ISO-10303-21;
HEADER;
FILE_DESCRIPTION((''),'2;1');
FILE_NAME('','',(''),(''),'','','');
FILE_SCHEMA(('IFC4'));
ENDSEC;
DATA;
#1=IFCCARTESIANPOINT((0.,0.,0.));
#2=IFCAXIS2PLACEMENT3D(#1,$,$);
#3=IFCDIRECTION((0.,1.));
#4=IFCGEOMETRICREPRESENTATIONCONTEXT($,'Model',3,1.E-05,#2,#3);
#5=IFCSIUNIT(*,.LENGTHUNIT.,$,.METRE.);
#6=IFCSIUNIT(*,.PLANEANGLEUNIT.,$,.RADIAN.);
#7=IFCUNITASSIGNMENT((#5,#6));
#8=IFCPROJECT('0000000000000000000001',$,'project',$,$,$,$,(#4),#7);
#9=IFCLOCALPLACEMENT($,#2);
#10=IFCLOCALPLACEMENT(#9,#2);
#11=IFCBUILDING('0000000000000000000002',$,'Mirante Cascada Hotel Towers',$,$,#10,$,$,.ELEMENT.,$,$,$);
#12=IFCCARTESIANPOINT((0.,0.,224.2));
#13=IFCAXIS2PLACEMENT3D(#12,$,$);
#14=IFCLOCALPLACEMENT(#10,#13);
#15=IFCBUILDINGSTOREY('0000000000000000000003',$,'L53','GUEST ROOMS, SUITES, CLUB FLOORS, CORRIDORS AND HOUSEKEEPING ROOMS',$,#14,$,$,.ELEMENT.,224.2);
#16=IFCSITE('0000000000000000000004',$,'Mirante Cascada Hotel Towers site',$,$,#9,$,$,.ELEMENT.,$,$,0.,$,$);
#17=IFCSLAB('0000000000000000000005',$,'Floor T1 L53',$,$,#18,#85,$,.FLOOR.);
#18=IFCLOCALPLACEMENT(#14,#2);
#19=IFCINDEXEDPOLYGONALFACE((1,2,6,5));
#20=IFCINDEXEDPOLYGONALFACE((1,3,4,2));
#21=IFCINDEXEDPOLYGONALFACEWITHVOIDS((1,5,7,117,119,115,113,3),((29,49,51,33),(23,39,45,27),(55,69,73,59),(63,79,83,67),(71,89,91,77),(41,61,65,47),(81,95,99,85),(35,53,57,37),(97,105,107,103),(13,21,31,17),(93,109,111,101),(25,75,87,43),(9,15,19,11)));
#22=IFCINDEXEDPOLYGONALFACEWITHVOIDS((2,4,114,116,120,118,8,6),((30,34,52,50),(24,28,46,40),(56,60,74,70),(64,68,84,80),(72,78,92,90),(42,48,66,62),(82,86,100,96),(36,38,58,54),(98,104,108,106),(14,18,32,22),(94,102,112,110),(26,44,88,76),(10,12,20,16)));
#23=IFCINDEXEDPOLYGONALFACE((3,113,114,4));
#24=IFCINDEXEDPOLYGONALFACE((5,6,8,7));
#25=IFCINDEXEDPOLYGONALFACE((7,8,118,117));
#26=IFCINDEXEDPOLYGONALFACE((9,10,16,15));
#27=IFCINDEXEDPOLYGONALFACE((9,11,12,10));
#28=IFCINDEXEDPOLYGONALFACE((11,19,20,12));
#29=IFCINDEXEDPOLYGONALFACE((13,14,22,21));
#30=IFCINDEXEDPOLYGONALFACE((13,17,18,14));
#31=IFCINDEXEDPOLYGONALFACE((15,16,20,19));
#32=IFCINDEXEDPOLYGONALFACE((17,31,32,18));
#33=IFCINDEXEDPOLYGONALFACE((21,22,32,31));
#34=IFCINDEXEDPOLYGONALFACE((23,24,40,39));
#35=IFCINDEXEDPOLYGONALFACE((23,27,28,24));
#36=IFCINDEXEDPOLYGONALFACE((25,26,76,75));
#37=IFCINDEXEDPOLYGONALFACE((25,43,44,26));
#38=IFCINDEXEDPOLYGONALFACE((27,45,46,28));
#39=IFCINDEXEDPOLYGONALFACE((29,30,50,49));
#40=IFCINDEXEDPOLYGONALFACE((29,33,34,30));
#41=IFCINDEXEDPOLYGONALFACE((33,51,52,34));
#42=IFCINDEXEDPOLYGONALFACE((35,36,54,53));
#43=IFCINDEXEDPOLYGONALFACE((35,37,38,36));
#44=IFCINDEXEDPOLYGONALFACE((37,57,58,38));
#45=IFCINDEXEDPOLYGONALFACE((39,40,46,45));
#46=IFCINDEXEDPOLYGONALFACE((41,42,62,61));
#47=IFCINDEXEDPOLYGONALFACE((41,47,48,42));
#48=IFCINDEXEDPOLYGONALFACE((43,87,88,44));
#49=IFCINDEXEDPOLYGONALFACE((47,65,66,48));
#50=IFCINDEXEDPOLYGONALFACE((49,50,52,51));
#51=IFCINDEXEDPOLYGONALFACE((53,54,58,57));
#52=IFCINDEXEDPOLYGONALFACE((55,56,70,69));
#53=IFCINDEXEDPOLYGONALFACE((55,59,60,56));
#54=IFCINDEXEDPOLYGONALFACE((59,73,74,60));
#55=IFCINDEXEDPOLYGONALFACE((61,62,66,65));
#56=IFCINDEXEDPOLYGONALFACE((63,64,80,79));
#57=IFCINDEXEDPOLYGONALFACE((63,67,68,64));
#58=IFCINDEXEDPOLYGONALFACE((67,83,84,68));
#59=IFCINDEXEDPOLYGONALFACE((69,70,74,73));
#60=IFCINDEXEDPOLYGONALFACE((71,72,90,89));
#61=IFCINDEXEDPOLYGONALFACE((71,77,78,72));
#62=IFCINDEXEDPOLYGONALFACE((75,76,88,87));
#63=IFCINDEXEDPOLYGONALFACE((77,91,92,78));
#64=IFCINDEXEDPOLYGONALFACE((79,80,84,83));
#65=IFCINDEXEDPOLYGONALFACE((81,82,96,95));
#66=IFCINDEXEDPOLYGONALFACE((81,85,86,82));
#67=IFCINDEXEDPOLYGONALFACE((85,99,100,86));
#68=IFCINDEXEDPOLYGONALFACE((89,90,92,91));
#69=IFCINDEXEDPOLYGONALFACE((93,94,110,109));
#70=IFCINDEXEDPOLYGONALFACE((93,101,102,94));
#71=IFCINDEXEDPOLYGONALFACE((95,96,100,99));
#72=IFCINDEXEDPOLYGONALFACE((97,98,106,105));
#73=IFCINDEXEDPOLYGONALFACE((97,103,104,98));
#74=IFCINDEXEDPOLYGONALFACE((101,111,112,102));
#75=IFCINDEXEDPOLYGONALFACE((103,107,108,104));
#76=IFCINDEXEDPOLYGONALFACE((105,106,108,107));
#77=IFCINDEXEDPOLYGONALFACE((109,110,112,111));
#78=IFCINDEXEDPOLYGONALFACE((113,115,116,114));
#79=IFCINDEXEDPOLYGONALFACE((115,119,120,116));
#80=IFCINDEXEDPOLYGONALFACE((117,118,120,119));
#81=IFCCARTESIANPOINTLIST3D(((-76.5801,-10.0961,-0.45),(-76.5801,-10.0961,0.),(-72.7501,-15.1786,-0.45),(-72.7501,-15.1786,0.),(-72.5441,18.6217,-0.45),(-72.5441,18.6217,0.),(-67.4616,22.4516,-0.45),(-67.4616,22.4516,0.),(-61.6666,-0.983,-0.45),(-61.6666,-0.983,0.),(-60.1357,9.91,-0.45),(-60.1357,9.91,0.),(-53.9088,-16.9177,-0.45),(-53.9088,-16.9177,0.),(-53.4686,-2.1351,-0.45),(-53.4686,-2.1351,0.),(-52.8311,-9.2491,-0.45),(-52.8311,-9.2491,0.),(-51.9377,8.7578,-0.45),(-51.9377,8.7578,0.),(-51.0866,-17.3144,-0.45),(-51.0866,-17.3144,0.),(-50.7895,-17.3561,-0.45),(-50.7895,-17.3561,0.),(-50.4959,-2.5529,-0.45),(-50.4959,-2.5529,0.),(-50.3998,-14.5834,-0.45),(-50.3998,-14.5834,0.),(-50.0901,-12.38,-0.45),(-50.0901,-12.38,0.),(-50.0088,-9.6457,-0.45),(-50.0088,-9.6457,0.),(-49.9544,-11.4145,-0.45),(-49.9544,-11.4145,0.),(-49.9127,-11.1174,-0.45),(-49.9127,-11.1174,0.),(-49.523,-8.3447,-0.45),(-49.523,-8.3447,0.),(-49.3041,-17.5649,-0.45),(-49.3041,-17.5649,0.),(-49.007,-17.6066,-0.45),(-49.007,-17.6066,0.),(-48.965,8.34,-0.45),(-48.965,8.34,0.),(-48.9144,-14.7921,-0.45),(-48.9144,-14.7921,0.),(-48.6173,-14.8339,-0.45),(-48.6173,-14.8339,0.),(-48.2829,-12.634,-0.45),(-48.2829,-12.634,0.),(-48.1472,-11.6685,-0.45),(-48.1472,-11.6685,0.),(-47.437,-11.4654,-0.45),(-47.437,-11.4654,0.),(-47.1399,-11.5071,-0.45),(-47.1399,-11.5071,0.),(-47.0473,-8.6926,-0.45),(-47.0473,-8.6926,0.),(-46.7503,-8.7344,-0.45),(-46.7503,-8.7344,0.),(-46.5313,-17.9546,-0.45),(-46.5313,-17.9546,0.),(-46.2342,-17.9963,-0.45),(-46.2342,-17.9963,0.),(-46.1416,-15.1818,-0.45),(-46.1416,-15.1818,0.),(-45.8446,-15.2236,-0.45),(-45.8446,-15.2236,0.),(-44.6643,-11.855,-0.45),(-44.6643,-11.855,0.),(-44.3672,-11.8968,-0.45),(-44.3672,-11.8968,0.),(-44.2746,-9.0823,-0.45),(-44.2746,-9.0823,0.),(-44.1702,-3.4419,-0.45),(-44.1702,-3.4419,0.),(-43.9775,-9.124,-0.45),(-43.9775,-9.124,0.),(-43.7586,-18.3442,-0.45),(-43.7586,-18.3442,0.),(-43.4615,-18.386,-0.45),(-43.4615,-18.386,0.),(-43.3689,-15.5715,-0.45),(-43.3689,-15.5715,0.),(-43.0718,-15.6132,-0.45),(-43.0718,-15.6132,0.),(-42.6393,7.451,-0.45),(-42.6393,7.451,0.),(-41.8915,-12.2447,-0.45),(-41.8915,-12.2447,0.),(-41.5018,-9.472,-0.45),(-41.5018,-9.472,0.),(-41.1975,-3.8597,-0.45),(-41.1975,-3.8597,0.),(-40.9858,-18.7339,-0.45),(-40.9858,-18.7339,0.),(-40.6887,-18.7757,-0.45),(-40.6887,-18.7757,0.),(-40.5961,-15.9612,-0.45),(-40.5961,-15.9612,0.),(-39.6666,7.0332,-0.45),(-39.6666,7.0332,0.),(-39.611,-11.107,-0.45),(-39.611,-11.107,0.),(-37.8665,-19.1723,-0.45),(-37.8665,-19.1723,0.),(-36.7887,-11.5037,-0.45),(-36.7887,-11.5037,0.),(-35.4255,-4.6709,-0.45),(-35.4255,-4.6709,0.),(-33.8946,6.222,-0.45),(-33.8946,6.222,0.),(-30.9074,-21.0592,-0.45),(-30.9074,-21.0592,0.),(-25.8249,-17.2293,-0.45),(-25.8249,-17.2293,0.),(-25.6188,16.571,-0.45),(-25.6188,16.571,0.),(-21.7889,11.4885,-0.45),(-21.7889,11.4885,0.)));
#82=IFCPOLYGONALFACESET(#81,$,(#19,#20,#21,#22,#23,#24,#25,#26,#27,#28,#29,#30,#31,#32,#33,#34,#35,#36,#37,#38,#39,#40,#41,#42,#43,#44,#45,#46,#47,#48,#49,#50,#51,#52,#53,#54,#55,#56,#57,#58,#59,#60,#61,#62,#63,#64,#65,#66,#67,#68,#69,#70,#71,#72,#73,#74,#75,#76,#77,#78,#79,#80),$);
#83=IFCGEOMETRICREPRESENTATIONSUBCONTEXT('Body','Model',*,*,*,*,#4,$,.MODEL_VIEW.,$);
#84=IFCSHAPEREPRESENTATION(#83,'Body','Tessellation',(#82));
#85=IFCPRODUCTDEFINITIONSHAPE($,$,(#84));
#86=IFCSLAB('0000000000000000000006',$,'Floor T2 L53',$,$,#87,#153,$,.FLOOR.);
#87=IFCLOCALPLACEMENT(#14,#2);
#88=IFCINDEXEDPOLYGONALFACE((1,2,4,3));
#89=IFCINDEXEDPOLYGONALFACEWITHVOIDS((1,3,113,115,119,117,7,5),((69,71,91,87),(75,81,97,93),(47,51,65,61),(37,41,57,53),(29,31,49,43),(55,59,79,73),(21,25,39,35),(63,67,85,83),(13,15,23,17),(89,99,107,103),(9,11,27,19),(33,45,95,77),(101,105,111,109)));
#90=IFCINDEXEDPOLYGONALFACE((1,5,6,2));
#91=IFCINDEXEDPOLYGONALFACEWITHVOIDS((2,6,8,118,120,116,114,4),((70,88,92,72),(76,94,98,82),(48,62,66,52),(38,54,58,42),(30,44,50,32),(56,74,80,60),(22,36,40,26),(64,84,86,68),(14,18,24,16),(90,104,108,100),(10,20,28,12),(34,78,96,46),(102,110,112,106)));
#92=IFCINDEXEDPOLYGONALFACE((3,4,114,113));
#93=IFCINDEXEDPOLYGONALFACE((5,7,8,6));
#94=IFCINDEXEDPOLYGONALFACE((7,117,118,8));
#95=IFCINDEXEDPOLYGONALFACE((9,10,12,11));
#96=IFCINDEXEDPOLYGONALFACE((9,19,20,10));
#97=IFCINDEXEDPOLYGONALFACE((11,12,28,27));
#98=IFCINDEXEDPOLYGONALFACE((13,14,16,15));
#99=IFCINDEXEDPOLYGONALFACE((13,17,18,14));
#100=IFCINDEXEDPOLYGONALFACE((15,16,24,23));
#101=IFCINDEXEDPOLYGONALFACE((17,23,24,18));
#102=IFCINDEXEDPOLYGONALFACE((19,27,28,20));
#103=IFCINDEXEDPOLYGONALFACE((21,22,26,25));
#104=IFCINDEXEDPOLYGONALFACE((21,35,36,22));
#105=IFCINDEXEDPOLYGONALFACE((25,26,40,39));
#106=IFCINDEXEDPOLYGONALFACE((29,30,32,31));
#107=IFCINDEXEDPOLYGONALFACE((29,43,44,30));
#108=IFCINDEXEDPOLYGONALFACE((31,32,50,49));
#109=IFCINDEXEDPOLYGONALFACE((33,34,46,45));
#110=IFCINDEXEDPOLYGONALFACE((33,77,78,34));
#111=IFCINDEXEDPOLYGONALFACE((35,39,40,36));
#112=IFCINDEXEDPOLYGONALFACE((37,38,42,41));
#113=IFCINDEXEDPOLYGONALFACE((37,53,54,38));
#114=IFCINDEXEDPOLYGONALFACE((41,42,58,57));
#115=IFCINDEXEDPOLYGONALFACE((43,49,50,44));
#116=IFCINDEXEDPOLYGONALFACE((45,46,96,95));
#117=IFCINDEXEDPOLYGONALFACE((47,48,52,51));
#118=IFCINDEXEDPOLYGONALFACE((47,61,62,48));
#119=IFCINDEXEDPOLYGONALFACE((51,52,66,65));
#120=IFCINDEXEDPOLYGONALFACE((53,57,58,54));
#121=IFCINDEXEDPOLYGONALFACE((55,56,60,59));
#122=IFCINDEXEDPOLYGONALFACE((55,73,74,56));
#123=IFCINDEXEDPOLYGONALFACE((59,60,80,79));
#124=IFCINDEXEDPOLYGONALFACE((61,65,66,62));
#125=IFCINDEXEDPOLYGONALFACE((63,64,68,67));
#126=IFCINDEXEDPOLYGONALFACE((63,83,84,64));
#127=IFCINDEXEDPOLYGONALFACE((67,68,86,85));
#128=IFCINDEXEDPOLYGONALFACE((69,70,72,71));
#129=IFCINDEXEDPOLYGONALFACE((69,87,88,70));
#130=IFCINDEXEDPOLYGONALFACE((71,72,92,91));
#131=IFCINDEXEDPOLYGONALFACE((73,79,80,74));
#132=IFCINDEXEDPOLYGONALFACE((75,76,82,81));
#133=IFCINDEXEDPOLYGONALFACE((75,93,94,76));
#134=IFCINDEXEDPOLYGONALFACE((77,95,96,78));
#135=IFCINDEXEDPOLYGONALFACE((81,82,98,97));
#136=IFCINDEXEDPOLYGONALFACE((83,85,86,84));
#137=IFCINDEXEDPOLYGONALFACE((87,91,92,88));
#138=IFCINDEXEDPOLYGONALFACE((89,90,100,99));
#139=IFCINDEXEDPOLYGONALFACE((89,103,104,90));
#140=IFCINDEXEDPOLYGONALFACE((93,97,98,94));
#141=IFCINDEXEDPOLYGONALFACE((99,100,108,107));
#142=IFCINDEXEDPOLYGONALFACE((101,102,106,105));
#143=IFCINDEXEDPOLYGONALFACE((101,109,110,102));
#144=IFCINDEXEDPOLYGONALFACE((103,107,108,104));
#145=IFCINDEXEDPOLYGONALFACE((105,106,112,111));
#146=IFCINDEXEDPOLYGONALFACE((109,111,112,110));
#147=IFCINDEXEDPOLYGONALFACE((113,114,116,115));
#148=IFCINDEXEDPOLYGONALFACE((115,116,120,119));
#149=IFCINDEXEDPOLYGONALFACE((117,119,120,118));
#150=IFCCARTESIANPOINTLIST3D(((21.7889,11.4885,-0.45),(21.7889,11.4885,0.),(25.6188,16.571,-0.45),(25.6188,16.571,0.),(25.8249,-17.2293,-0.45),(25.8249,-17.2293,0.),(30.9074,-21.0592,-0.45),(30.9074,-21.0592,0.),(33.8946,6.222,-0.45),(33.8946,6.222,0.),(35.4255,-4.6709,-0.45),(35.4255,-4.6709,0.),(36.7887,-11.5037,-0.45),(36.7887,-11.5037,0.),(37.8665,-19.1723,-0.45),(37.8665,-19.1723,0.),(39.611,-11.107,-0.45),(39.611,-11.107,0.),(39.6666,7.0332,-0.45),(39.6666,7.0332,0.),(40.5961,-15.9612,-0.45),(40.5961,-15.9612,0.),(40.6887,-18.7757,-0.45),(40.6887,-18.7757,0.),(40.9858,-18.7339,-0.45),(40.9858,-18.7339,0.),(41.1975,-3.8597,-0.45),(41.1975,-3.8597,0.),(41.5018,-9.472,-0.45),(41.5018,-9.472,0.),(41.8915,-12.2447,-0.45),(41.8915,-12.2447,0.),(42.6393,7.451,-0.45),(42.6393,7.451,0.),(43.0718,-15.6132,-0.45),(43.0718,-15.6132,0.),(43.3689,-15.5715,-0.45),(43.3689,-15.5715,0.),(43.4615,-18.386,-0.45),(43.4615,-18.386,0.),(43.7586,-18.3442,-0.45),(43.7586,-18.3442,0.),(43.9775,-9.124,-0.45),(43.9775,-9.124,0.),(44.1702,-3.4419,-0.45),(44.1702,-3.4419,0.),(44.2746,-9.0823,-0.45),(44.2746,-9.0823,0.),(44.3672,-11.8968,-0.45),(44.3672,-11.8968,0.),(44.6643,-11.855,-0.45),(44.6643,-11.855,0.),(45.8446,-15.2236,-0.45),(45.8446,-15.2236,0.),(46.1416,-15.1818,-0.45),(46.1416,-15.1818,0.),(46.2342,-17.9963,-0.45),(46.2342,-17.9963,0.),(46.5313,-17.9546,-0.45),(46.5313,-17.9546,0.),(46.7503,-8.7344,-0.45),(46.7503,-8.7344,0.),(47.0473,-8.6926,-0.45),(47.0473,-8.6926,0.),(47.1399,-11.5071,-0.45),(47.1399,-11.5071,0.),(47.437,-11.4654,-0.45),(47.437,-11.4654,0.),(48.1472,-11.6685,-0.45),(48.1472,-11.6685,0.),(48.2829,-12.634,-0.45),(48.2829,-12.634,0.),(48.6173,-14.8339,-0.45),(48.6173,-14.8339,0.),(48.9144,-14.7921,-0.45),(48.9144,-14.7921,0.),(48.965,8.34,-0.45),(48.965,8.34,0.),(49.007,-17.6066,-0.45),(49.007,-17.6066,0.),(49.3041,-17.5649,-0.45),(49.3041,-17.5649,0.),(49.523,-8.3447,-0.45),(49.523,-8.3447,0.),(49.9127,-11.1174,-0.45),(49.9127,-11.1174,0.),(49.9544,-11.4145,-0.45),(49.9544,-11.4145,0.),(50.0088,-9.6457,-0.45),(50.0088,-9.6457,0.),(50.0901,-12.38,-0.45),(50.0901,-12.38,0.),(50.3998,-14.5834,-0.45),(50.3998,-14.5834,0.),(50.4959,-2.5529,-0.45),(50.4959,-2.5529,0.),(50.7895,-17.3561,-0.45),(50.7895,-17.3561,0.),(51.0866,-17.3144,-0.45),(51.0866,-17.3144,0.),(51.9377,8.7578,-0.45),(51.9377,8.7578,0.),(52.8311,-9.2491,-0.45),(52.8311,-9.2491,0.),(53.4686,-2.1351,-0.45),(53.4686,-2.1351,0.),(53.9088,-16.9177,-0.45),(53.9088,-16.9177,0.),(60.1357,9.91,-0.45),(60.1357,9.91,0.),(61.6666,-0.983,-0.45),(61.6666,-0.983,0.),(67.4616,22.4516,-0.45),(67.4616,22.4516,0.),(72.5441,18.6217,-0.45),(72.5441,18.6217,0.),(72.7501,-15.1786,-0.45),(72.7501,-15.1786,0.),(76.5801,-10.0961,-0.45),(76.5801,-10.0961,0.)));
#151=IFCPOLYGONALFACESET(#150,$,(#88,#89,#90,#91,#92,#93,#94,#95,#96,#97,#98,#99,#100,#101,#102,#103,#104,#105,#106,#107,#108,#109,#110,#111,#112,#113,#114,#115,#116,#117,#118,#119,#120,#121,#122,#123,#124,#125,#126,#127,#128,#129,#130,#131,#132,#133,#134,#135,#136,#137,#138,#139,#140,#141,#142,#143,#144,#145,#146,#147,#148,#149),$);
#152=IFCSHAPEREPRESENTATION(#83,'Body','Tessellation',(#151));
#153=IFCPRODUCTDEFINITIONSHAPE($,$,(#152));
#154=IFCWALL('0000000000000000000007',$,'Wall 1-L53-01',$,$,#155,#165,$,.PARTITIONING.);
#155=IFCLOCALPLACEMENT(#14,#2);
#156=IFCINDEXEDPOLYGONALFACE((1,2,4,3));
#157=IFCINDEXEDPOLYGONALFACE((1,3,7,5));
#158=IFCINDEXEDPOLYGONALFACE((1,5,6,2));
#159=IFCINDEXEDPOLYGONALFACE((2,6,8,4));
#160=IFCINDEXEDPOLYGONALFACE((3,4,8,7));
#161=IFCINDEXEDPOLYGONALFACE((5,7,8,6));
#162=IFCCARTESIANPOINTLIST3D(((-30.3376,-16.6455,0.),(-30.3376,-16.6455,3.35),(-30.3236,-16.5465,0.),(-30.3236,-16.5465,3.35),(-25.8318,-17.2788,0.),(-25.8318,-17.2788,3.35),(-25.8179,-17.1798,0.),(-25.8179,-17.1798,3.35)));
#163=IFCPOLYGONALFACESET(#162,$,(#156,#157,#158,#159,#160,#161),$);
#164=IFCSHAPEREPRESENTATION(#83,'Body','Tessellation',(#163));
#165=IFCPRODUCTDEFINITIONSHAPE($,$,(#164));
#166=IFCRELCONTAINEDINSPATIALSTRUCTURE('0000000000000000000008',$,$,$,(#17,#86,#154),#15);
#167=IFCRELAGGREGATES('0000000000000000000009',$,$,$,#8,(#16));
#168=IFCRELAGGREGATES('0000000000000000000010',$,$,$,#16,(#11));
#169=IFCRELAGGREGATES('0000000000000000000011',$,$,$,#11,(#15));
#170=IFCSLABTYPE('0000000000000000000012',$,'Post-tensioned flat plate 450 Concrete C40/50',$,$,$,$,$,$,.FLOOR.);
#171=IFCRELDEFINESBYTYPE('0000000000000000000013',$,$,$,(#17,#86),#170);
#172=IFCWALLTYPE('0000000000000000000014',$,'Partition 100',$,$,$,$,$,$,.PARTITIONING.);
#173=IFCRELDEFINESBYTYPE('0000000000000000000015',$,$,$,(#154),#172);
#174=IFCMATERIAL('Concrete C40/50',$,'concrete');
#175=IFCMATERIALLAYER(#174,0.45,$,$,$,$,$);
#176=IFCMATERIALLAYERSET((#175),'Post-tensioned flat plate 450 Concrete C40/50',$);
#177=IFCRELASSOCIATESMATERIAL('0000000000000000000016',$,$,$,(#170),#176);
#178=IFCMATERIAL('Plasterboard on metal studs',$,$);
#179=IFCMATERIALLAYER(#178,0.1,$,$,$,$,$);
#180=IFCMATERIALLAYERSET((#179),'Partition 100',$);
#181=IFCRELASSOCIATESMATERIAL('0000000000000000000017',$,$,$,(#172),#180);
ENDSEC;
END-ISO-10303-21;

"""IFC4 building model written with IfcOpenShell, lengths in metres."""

from ifc_helpers import new_model, si_unit, direction, frame, frame_2d, origin, place, context, subcontext, project, spatial, polyline, rectangle, outline, extrude, material, layer, layer_set, type_object, element, save


model = new_model("IFC4")

# Units and contexts
model_context = context("Model", 3, precision=1e-05, world=origin(), true_north=direction((0.0, 1.0)))
body_context = subcontext(model_context, "Body", "Model", "MODEL_VIEW")
ifc_project = project(units=[si_unit("LENGTHUNIT", "METRE"), si_unit("PLANEANGLEUNIT", "RADIAN")], contexts=[model_context])

# Site, building, storey
site_placement = place(None, origin())
site = spatial("IfcSite", under=ifc_project, at=site_placement, Name="Mirante Cascada Hotel Towers site", CompositionType="ELEMENT", RefElevation=0.0)
building_placement = place(site_placement, origin())
building = spatial("IfcBuilding", under=site, at=building_placement, Name="Mirante Cascada Hotel Towers", CompositionType="ELEMENT")
storey_placement = place(building_placement, frame((0.0, 0.0, 224.2)))
storey = spatial("IfcBuildingStorey", under=building, at=storey_placement, Name="L53", Description="GUEST ROOMS, SUITES, CLUB FLOORS, CORRIDORS AND HOUSEKEEPING ROOMS", CompositionType="ELEMENT", Elevation=224.2)

# Slabs
ifc_material_1 = material(Name="Concrete C40/50", Category="concrete")
ifc_layer_1 = layer(ifc_material_1, 0.45)
ifc_layer_set_1 = layer_set([ifc_layer_1], Name="Post-tensioned flat plate 450 Concrete C40/50")
slab_type = type_object("IfcSlabType", Name="Post-tensioned flat plate 450 Concrete C40/50", PredefinedType="FLOOR", material=ifc_layer_set_1)
slab_1_placement = place(storey_placement, frame((0.0, 0.0, -0.45)))
element("IfcSlab", 1, at=slab_1_placement, inside=storey, type_object=slab_type, Name="Floor T1 L53", PredefinedType="FLOOR", context=body_context, shape_type="SweptSolid", body=[
    extrude(outline(polyline([(-25.8249, -17.2293), (-21.7889, 11.4885), (-25.6188, 16.571), (-67.4616, 22.4516), (-72.5441, 18.6217), (-76.5801, -10.0961), (-72.7501, -15.1786), (-30.9074, -21.0592), (-25.8249, -17.2293)]), holes=[polyline([(-40.5961, -15.9612), (-40.9858, -18.7339), (-43.4615, -18.386), (-43.0718, -15.6132), (-40.5961, -15.9612)]), polyline([(-43.3689, -15.5715), (-43.7586, -18.3442), (-46.2342, -17.9963), (-45.8446, -15.2236), (-43.3689, -15.5715)]), polyline([(-46.1416, -15.1818), (-46.5313, -17.9546), (-49.007, -17.6066), (-48.6173, -14.8339), (-46.1416, -15.1818)]), polyline([(-36.7887, -11.5037), (-37.8665, -19.1723), (-40.6887, -18.7757), (-39.611, -11.107), (-36.7887, -11.5037)]), polyline([(-43.9775, -9.124), (-41.5018, -9.472), (-41.8915, -12.2447), (-44.3672, -11.8968), (-43.9775, -9.124)]), polyline([(-44.2746, -9.0823), (-44.6643, -11.855), (-47.1399, -11.5071), (-46.7503, -8.7344), (-44.2746, -9.0823)]), polyline([(-50.3998, -14.5834), (-48.9144, -14.7921), (-49.3041, -17.5649), (-50.7895, -17.3561), (-50.3998, -14.5834)]), polyline([(-50.0088, -9.6457), (-51.0866, -17.3144), (-53.9088, -16.9177), (-52.8311, -9.2491), (-50.0088, -9.6457)]), polyline([(-48.1472, -11.6685), (-48.2829, -12.634), (-50.0901, -12.38), (-49.9544, -11.4145), (-48.1472, -11.6685)]), polyline([(-49.523, -8.3447), (-47.0473, -8.6926), (-47.437, -11.4654), (-49.9127, -11.1174), (-49.523, -8.3447)]), polyline([(-51.9377, 8.7578), (-53.4686, -2.1351), (-53.4686, -2.1351), (-61.6666, -0.983), (-60.1357, 9.91), (-51.9377, 8.7578)]), polyline([(-42.6393, 7.451), (-44.1702, -3.4419), (-50.4959, -2.5529), (-48.965, 8.34), (-42.6393, 7.451)]), polyline([(-33.8946, 6.222), (-35.4255, -4.6709), (-41.1975, -3.8597), (-39.6666, 7.0332), (-33.8946, 6.222)])]), origin(), (0.0, 0.0, 1.0), 0.45),
])
slab_2_placement = place(storey_placement, frame((0.0, 0.0, -0.45)))
element("IfcSlab", 2, at=slab_2_placement, inside=storey, type_object=slab_type, Name="Floor T2 L53", PredefinedType="FLOOR", context=body_context, shape_type="SweptSolid", body=[
    extrude(outline(polyline([(25.8249, -17.2293), (21.7889, 11.4885), (25.6188, 16.571), (67.4616, 22.4516), (72.5441, 18.6217), (76.5801, -10.0961), (72.7501, -15.1786), (30.9074, -21.0592), (25.8249, -17.2293)]), holes=[polyline([(40.5961, -15.9612), (40.9858, -18.7339), (43.4615, -18.386), (43.0718, -15.6132), (40.5961, -15.9612)]), polyline([(43.3689, -15.5715), (43.7586, -18.3442), (46.2342, -17.9963), (45.8446, -15.2236), (43.3689, -15.5715)]), polyline([(46.1416, -15.1818), (46.5313, -17.9546), (49.007, -17.6066), (48.6173, -14.8339), (46.1416, -15.1818)]), polyline([(37.8665, -19.1723), (40.6887, -18.7757), (39.611, -11.107), (36.7887, -11.5037), (37.8665, -19.1723)]), polyline([(43.9775, -9.124), (41.5018, -9.472), (41.8915, -12.2447), (44.3672, -11.8968), (43.9775, -9.124)]), polyline([(44.2746, -9.0823), (44.6643, -11.855), (47.1399, -11.5071), (46.7503, -8.7344), (44.2746, -9.0823)]), polyline([(50.3998, -14.5834), (48.9144, -14.7921), (49.3041, -17.5649), (50.7895, -17.3561), (50.3998, -14.5834)]), polyline([(51.0866, -17.3144), (53.9088, -16.9177), (52.8311, -9.2491), (50.0088, -9.6457), (51.0866, -17.3144)]), polyline([(48.1472, -11.6685), (48.2829, -12.634), (50.0901, -12.38), (49.9544, -11.4145), (48.1472, -11.6685)]), polyline([(49.523, -8.3447), (47.0473, -8.6926), (47.437, -11.4654), (49.9127, -11.1174), (49.523, -8.3447)]), polyline([(60.1357, 9.91), (61.6666, -0.983), (53.4686, -2.1351), (53.4686, -2.1351), (51.9377, 8.7578), (60.1357, 9.91)]), polyline([(48.965, 8.34), (50.4959, -2.5529), (44.1702, -3.4419), (42.6393, 7.451), (48.965, 8.34)]), polyline([(39.6666, 7.0332), (41.1975, -3.8597), (35.4255, -4.6709), (33.8946, 6.222), (39.6666, 7.0332)])]), origin(), (0.0, 0.0, 1.0), 0.45),
])

# Wall
ifc_material_2 = material(Name="Plasterboard on metal studs")
ifc_layer_2 = layer(ifc_material_2, 0.1)
ifc_layer_set_2 = layer_set([ifc_layer_2], Name="Partition 100")
wall_type_1 = type_object("IfcWallType", Name="Partition 100", PredefinedType="PARTITIONING", material=ifc_layer_set_2)
wall_1_placement = place(storey_placement, frame((-30.3306, -16.596, 0.0), z_axis=(0.0, 0.0, 1.0), x_axis=(0.990266, -0.139187, 0.0)))
element("IfcWall", 3, at=wall_1_placement, inside=storey, type_object=wall_type_1, Name="Wall 1-L53-01", PredefinedType="PARTITIONING", context=body_context, shape_type="SweptSolid", body=[
    extrude(rectangle(XDim=4.55, YDim=0.1, at=frame_2d((2.275, 0.0))), origin(), (0.0, 0.0, 1.0), 3.35),
])

save(model, "model.ifc")
